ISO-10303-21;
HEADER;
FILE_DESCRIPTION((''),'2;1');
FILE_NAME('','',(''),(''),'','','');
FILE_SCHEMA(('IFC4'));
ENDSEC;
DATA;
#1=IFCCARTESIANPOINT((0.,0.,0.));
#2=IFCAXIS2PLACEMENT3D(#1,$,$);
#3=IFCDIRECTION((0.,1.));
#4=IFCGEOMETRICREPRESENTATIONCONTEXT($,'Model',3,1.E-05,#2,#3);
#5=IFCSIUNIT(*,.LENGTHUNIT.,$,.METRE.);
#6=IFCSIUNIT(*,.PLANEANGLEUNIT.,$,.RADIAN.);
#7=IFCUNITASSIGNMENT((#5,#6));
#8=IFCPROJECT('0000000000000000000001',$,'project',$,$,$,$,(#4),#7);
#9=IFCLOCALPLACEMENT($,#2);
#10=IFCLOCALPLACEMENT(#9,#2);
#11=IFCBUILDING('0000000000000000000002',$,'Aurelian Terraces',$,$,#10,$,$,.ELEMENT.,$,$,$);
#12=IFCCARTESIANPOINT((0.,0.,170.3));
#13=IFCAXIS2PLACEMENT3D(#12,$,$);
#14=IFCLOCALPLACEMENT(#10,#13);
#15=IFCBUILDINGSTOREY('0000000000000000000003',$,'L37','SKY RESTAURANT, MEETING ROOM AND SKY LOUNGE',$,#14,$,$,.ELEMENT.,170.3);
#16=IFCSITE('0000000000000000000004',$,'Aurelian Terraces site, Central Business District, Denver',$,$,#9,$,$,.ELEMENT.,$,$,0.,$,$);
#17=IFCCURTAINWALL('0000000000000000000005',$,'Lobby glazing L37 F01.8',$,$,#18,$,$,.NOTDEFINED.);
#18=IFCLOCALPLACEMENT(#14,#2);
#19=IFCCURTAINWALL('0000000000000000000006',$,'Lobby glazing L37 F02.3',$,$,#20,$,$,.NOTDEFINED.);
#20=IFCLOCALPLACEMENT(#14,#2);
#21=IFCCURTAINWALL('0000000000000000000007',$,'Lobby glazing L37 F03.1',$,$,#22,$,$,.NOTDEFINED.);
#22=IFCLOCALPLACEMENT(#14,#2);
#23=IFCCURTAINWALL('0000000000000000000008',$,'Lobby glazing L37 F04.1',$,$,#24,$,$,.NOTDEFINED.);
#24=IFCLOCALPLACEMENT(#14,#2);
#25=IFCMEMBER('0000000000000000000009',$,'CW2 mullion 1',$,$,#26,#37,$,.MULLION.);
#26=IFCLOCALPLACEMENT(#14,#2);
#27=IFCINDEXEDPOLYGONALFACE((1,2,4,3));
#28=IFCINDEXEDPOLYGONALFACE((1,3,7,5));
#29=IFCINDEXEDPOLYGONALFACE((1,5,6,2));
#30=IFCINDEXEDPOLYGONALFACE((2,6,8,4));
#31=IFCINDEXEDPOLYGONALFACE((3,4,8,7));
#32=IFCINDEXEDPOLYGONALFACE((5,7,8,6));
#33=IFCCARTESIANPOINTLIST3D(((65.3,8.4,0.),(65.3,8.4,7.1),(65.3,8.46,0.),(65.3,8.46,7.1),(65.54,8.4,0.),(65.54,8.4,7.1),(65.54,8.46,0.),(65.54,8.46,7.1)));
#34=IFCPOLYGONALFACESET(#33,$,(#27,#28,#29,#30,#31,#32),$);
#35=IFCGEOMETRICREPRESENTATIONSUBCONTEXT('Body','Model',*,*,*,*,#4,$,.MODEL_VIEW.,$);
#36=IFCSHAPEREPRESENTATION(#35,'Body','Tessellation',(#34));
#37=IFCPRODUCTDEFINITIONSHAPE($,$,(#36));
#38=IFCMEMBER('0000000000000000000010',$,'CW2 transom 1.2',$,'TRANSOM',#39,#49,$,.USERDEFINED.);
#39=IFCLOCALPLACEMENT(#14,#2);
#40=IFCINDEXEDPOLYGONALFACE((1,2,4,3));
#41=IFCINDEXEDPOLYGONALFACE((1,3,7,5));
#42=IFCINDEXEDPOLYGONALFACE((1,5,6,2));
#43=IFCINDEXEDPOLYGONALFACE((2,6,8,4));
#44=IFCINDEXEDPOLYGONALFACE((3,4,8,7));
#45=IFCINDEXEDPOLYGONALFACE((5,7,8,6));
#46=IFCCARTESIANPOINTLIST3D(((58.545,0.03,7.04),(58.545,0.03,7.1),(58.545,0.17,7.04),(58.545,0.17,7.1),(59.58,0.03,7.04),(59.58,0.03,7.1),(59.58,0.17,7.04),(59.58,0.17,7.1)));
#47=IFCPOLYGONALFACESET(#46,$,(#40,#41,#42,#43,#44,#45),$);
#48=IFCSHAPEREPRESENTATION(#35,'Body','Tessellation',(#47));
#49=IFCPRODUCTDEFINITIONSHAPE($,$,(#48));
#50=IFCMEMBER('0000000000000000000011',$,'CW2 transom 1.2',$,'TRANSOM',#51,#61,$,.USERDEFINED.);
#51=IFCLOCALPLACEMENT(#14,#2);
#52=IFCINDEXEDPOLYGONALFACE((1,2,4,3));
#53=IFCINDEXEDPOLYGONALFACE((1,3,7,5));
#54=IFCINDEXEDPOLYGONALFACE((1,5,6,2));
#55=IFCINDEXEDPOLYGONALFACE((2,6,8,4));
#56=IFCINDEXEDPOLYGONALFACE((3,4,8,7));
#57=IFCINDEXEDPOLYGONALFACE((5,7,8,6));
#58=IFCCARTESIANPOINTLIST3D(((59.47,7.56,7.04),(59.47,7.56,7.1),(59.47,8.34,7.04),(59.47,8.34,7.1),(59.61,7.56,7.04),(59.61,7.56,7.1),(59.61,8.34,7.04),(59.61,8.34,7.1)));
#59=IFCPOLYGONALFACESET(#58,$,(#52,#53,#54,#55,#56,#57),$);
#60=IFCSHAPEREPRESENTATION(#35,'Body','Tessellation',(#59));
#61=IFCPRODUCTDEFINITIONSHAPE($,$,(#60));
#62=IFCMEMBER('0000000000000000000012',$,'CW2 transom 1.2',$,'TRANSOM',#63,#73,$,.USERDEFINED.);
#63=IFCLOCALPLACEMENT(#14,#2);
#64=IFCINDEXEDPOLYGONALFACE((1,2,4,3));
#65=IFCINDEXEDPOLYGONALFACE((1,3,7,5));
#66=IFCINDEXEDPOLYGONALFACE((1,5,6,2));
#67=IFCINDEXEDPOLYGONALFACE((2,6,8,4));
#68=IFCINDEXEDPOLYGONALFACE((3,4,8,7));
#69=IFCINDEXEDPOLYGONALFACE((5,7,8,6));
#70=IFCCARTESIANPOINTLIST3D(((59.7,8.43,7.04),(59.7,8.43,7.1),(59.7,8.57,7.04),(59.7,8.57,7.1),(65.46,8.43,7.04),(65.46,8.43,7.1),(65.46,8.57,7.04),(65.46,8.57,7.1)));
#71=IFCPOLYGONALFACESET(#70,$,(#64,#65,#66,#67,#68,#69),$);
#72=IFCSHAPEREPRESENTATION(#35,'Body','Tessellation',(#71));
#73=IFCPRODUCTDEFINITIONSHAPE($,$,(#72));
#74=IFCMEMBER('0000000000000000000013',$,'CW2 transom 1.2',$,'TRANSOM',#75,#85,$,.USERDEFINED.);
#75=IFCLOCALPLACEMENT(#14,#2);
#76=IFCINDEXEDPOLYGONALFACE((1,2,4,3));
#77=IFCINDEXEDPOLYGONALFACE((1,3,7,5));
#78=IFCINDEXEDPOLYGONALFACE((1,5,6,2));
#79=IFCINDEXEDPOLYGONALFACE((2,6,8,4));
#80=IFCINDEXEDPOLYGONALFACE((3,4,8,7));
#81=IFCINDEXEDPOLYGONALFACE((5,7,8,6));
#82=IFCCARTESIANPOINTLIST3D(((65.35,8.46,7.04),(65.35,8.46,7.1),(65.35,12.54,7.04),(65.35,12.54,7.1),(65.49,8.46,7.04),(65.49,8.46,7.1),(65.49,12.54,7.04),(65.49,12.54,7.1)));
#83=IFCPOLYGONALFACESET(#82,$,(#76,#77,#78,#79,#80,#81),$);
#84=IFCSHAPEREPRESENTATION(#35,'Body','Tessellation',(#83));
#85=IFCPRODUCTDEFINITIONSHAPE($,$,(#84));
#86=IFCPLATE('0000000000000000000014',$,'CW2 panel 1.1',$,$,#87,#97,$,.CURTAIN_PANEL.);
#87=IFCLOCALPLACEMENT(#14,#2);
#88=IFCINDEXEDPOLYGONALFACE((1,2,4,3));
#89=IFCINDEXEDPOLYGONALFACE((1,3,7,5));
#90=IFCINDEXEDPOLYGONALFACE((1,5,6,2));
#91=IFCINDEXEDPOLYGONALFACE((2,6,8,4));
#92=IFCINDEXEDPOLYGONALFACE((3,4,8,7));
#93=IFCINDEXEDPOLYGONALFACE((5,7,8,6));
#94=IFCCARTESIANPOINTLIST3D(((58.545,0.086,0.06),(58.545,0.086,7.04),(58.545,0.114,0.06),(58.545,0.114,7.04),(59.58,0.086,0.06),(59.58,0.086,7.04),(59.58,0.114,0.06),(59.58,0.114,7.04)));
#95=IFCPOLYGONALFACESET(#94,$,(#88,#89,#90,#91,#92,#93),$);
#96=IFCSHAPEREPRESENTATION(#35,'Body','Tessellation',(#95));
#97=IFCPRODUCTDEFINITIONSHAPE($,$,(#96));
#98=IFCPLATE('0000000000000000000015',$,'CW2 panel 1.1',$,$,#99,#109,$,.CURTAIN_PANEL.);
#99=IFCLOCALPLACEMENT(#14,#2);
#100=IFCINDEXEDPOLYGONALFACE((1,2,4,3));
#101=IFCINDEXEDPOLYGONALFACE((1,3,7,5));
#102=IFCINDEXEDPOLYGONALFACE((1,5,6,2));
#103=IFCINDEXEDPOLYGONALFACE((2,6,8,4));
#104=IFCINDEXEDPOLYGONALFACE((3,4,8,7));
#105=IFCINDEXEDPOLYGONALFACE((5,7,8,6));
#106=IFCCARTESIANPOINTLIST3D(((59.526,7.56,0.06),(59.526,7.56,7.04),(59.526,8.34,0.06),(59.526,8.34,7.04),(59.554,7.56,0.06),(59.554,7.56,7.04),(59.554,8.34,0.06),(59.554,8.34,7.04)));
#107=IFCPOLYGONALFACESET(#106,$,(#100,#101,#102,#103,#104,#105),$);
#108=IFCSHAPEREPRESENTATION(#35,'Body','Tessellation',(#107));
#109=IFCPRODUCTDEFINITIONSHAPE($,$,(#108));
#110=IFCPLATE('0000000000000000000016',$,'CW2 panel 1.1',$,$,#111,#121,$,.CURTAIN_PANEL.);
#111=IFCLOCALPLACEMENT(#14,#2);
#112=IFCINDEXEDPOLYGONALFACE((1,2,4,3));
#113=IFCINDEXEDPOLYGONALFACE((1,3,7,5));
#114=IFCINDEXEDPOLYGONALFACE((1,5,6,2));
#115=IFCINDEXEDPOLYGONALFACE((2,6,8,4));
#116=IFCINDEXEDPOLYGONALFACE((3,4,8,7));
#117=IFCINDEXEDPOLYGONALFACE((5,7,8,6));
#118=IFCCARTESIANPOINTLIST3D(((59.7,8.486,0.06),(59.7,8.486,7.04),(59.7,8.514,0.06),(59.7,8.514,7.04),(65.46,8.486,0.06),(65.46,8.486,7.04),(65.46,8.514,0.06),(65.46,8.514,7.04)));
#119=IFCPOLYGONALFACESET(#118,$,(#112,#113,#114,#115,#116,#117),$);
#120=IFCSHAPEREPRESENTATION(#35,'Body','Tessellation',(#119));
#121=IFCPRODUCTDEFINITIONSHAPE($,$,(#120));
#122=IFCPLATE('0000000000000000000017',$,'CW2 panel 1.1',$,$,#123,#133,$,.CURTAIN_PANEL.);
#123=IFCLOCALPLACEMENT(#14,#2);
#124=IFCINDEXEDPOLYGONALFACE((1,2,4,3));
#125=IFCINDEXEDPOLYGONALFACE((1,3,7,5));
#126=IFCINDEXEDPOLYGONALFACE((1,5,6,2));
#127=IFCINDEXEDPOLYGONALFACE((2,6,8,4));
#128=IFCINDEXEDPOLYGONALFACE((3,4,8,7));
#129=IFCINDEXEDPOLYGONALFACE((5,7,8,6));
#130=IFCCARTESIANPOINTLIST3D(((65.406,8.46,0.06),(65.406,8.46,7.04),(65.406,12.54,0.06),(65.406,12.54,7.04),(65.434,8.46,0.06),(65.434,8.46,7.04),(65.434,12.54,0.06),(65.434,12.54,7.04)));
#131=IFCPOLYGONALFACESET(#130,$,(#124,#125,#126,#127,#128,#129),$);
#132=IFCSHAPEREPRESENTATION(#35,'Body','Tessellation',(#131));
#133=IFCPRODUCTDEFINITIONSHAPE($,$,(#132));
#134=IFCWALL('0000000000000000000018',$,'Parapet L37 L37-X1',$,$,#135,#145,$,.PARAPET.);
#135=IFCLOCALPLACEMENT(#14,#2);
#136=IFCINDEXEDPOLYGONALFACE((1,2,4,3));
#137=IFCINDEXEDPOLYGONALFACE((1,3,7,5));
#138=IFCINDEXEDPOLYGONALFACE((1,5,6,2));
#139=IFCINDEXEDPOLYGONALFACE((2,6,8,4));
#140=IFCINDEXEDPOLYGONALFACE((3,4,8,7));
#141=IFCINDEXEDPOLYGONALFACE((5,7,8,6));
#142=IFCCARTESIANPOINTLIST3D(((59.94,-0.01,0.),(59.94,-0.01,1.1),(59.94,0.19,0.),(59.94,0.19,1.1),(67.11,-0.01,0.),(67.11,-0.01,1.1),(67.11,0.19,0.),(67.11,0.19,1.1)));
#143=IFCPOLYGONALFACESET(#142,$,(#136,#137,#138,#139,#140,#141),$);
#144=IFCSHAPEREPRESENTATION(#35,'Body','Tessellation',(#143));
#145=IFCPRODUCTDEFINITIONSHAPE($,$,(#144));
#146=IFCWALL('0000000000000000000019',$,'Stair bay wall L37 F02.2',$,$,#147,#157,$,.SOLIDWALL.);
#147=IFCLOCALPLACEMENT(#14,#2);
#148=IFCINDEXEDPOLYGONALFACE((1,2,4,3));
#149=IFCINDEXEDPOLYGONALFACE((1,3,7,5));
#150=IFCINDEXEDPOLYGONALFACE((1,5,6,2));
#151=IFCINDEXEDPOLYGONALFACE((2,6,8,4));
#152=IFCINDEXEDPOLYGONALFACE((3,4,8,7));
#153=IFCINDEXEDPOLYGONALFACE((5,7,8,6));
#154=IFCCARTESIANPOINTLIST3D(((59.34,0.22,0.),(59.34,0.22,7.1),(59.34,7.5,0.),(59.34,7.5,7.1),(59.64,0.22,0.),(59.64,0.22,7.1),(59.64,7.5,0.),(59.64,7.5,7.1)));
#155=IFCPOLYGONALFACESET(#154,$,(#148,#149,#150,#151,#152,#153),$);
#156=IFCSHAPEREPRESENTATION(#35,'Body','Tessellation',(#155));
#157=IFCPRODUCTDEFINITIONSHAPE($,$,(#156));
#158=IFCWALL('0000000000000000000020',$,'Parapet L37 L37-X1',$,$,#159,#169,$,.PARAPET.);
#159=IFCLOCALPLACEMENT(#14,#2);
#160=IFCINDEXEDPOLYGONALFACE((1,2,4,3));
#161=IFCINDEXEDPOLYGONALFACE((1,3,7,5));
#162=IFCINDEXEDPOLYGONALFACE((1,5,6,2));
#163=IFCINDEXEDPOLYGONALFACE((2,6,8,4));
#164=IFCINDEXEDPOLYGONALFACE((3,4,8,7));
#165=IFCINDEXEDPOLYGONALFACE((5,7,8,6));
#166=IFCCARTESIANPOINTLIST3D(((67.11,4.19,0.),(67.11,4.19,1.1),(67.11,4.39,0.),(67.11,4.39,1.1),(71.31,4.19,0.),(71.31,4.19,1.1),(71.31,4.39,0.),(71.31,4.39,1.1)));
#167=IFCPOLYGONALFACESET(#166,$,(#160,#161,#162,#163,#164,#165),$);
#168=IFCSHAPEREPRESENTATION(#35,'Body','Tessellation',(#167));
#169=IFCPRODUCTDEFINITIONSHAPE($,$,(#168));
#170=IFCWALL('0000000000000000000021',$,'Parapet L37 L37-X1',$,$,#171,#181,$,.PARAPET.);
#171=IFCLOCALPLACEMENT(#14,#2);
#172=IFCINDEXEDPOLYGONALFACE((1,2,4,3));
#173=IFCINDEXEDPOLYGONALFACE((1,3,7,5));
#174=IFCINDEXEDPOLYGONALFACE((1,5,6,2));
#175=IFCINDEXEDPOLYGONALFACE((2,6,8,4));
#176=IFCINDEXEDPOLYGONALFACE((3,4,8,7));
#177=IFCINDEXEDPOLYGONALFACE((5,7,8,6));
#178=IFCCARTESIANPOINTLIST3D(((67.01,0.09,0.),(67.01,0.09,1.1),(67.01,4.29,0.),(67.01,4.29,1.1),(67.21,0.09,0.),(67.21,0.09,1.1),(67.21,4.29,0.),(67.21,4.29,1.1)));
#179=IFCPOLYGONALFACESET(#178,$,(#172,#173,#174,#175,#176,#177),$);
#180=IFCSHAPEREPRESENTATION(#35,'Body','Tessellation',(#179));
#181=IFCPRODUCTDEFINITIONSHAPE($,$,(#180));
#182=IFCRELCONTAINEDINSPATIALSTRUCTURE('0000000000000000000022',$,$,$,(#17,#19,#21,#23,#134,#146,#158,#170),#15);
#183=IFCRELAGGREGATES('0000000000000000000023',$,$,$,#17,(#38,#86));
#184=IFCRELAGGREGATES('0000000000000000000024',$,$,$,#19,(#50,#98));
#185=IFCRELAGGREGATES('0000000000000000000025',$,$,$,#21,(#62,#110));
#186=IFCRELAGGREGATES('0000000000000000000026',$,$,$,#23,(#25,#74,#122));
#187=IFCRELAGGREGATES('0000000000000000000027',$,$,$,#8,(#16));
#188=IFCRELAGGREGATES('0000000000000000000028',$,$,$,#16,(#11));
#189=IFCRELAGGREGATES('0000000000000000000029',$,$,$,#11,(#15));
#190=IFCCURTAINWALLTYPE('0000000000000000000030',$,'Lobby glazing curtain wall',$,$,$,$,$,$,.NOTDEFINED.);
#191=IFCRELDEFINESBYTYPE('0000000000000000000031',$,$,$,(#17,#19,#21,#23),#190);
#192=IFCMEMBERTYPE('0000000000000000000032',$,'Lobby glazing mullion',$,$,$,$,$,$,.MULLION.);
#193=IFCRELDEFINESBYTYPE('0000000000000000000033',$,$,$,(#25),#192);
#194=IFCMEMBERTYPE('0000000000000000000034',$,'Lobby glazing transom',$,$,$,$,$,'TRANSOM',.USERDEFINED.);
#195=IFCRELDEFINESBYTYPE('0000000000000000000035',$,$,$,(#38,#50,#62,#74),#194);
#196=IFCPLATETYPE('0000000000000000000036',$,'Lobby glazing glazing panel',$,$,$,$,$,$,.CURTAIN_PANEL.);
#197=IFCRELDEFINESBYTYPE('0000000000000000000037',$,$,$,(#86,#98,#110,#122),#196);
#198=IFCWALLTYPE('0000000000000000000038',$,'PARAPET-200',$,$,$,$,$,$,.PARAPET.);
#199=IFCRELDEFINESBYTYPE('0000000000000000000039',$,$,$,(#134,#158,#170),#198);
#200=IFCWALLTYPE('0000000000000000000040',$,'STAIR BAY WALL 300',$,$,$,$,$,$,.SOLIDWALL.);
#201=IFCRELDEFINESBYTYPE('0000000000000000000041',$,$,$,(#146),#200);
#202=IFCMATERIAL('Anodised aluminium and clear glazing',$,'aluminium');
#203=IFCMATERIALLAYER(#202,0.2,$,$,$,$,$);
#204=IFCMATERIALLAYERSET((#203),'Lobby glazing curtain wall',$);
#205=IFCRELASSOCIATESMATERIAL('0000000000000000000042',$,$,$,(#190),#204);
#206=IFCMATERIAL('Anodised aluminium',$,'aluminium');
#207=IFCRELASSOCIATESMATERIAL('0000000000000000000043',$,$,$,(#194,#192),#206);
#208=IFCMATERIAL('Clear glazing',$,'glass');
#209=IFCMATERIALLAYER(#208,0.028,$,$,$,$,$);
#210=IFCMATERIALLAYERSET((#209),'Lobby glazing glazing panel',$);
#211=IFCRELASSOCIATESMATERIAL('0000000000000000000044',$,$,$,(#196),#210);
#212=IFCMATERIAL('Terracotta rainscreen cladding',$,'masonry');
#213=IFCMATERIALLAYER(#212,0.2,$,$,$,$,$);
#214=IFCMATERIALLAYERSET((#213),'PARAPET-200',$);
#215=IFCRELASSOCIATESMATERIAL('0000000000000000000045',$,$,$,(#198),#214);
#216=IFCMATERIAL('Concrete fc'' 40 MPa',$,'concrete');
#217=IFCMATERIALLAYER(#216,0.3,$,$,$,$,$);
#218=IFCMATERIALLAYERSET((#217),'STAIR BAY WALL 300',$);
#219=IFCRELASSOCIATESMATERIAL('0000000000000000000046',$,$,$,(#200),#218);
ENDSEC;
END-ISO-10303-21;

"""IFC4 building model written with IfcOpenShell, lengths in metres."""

from ifc_helpers import new_model, si_unit, direction, frame, frame_2d, origin, origin_2d, place, context, subcontext, project, spatial, rectangle, extrude, source, transform, mapped, material, layer, layer_set, material_profile, profile_set, type_object, element, aggregate, save


model = new_model("IFC4")

# Units and contexts
model_context = context("Model", 3, precision=1e-05, world=origin(), true_north=direction((0.0, 1.0)))
body_context = subcontext(model_context, "Body", "Model", "MODEL_VIEW")
ifc_project = project(units=[si_unit("LENGTHUNIT", "METRE"), si_unit("PLANEANGLEUNIT", "RADIAN")], contexts=[model_context])

# Site, building, storey
site_placement = place(None, origin())
site = spatial("IfcSite", under=ifc_project, at=site_placement, Name="Aurelian Terraces site, Central Business District, Denver", CompositionType="ELEMENT", RefElevation=0.0)
building_placement = place(site_placement, origin())
building = spatial("IfcBuilding", under=site, at=building_placement, Name="Aurelian Terraces", CompositionType="ELEMENT")
storey_placement = place(building_placement, frame((0.0, 0.0, 170.3)))
storey = spatial("IfcBuildingStorey", under=building, at=storey_placement, Name="L37", Description="SKY RESTAURANT, MEETING ROOM AND SKY LOUNGE", CompositionType="ELEMENT", Elevation=170.3)

# Curtain walls
ifc_material_1 = material(Name="Anodised aluminium and clear glazing", Category="aluminium")
ifc_layer_1 = layer(ifc_material_1, 0.2)
ifc_layer_set_1 = layer_set([ifc_layer_1], Name="Lobby glazing curtain wall")
curtain_wall_type = type_object("IfcCurtainWallType", Name="Lobby glazing curtain wall", PredefinedType="NOTDEFINED", material=ifc_layer_set_1)
curtain_wall_1_placement = place(storey_placement, origin())
curtain_wall_1 = element("IfcCurtainWall", 1, at=curtain_wall_1_placement, inside=storey, type_object=curtain_wall_type, Name="Lobby glazing L37 F01.8", PredefinedType="NOTDEFINED")
ifc_material_2 = material(Name="Anodised aluminium", Category="aluminium")
ifc_material_profile_1 = material_profile(ifc_material_2, rectangle(XDim=0.14, YDim=0.06, at=origin_2d()))
ifc_profile_set_1 = profile_set([ifc_material_profile_1], Name="Anodised aluminium")
member_type_1 = type_object("IfcMemberType", Name="Lobby glazing transom", ElementType="TRANSOM", PredefinedType="USERDEFINED", material=ifc_profile_set_1)
curtain_wall_2_placement = place(storey_placement, origin())
curtain_wall_2 = element("IfcCurtainWall", 2, at=curtain_wall_2_placement, inside=storey, type_object=curtain_wall_type, Name="Lobby glazing L37 F02.3", PredefinedType="NOTDEFINED")
curtain_wall_3_placement = place(storey_placement, origin())
curtain_wall_3 = element("IfcCurtainWall", 3, at=curtain_wall_3_placement, inside=storey, type_object=curtain_wall_type, Name="Lobby glazing L37 F03.1", PredefinedType="NOTDEFINED")
curtain_wall_4_placement = place(storey_placement, origin())
curtain_wall_4 = element("IfcCurtainWall", 4, at=curtain_wall_4_placement, inside=storey, type_object=curtain_wall_type, Name="Lobby glazing L37 F04.1", PredefinedType="NOTDEFINED")

# Shared definitions
ifc_material_3 = material(Name="Concrete fc' 40 MPa", Category="concrete")

# Members
ifc_material_profile_2 = material_profile(ifc_material_2, rectangle(XDim=0.24, YDim=0.06, at=origin_2d()))
ifc_profile_set_2 = profile_set([ifc_material_profile_2], Name="Anodised aluminium")
member_type_2 = type_object("IfcMemberType", Name="Lobby glazing mullion", PredefinedType="MULLION", material=ifc_profile_set_2)
shared_shape_1 = source(origin(), body_context, "Body", "SweptSolid", [
    extrude(rectangle(XDim=0.24, YDim=0.06, at=origin_2d()), origin(), (0.0, 0.0, 1.0), 7.1),
])
member_1_placement = place(storey_placement, frame((65.42, 8.43, 0.0), z_axis=(0.0, 0.0, 1.0), x_axis=(-1.0, 0.0, 0.0)))
member_1 = element("IfcMember", 5, at=member_1_placement, type_object=member_type_2, Name="CW2 mullion 1", PredefinedType="MULLION", context=body_context, shape_type="MappedRepresentation", body=[
    mapped(shared_shape_1, transform((0.0, 0.0, 0.0), scale=1.0)),
])
shared_shape_2 = source(origin(), body_context, "Body", "SweptSolid", [
    extrude(rectangle(XDim=0.14, YDim=0.06, at=origin_2d()), origin(), (0.0, 0.0, 1.0), 1.035),
])
member_2_placement = place(storey_placement, frame((58.545, 0.1, 7.07), z_axis=(1.0, 0.0, 0.0), x_axis=(0.0, 1.0, 0.0)))
member_2 = element("IfcMember", 6, at=member_2_placement, type_object=member_type_1, Name="CW2 transom 1.2", ObjectType="TRANSOM", PredefinedType="USERDEFINED", context=body_context, shape_type="MappedRepresentation", body=[
    mapped(shared_shape_2, transform((0.0, 0.0, 0.0), scale=1.0)),
])
shared_shape_3 = source(origin(), body_context, "Body", "SweptSolid", [
    extrude(rectangle(XDim=0.14, YDim=0.06, at=origin_2d()), origin(), (0.0, 0.0, 1.0), 0.78),
])
member_3_placement = place(storey_placement, frame((59.54, 7.56, 7.07), z_axis=(0.0, 1.0, 0.0), x_axis=(-1.0, 0.0, 0.0)))
member_3 = element("IfcMember", 7, at=member_3_placement, type_object=member_type_1, Name="CW2 transom 1.2", ObjectType="TRANSOM", PredefinedType="USERDEFINED", context=body_context, shape_type="MappedRepresentation", body=[
    mapped(shared_shape_3, transform((0.0, 0.0, 0.0), scale=1.0)),
])
shared_shape_4 = source(origin(), body_context, "Body", "SweptSolid", [
    extrude(rectangle(XDim=0.14, YDim=0.06, at=origin_2d()), origin(), (0.0, 0.0, 1.0), 5.76),
])
member_4_placement = place(storey_placement, frame((59.7, 8.5, 7.07), z_axis=(1.0, 0.0, 0.0), x_axis=(0.0, 1.0, 0.0)))
member_4 = element("IfcMember", 8, at=member_4_placement, type_object=member_type_1, Name="CW2 transom 1.2", ObjectType="TRANSOM", PredefinedType="USERDEFINED", context=body_context, shape_type="MappedRepresentation", body=[
    mapped(shared_shape_4, transform((0.0, 0.0, 0.0), scale=1.0)),
])
shared_shape_5 = source(origin(), body_context, "Body", "SweptSolid", [
    extrude(rectangle(XDim=0.14, YDim=0.06, at=origin_2d()), origin(), (0.0, 0.0, 1.0), 4.08),
])
member_5_placement = place(storey_placement, frame((65.42, 8.46, 7.07), z_axis=(0.0, 1.0, 0.0), x_axis=(-1.0, 0.0, 0.0)))
member_5 = element("IfcMember", 9, at=member_5_placement, type_object=member_type_1, Name="CW2 transom 1.2", ObjectType="TRANSOM", PredefinedType="USERDEFINED", context=body_context, shape_type="MappedRepresentation", body=[
    mapped(shared_shape_5, transform((0.0, 0.0, 0.0), scale=1.0)),
])

# Plates
ifc_material_4 = material(Name="Clear glazing", Category="glass")
ifc_layer_2 = layer(ifc_material_4, 0.028)
ifc_layer_set_2 = layer_set([ifc_layer_2], Name="Lobby glazing glazing panel")
plate_type = type_object("IfcPlateType", Name="Lobby glazing glazing panel", PredefinedType="CURTAIN_PANEL", material=ifc_layer_set_2)
plate_1_placement = place(storey_placement, frame((59.0625, 0.1, 0.06), z_axis=(0.0, 0.0, 1.0), x_axis=(1.0, 0.0, 0.0)))
plate_1 = element("IfcPlate", 10, at=plate_1_placement, type_object=plate_type, Name="CW2 panel 1.1", PredefinedType="CURTAIN_PANEL", context=body_context, shape_type="SweptSolid", body=[
    extrude(rectangle(XDim=1.035, YDim=0.028, at=origin_2d()), origin(), (0.0, 0.0, 1.0), 6.98),
])
aggregate(curtain_wall_1, [member_2, plate_1])
plate_2_placement = place(storey_placement, frame((59.54, 7.95, 0.06), z_axis=(0.0, 0.0, 1.0), x_axis=(0.0, 1.0, 0.0)))
plate_2 = element("IfcPlate", 11, at=plate_2_placement, type_object=plate_type, Name="CW2 panel 1.1", PredefinedType="CURTAIN_PANEL", context=body_context, shape_type="SweptSolid", body=[
    extrude(rectangle(XDim=0.78, YDim=0.028, at=origin_2d()), origin(), (0.0, 0.0, 1.0), 6.98),
])
aggregate(curtain_wall_2, [member_3, plate_2])
plate_3_placement = place(storey_placement, frame((62.58, 8.5, 0.06), z_axis=(0.0, 0.0, 1.0), x_axis=(1.0, 0.0, 0.0)))
plate_3 = element("IfcPlate", 12, at=plate_3_placement, type_object=plate_type, Name="CW2 panel 1.1", PredefinedType="CURTAIN_PANEL", context=body_context, shape_type="SweptSolid", body=[
    extrude(rectangle(XDim=5.76, YDim=0.028, at=origin_2d()), origin(), (0.0, 0.0, 1.0), 6.98),
])
aggregate(curtain_wall_3, [member_4, plate_3])
plate_4_placement = place(storey_placement, frame((65.42, 10.5, 0.06), z_axis=(0.0, 0.0, 1.0), x_axis=(0.0, 1.0, 0.0)))
plate_4 = element("IfcPlate", 13, at=plate_4_placement, type_object=plate_type, Name="CW2 panel 1.1", PredefinedType="CURTAIN_PANEL", context=body_context, shape_type="SweptSolid", body=[
    extrude(rectangle(XDim=4.08, YDim=0.028, at=origin_2d()), origin(), (0.0, 0.0, 1.0), 6.98),
])
aggregate(curtain_wall_4, [member_1, member_5, plate_4])

# Walls
ifc_material_5 = material(Name="Terracotta rainscreen cladding", Category="masonry")
ifc_layer_3 = layer(ifc_material_5, 0.2)
ifc_layer_set_3 = layer_set([ifc_layer_3], Name="PARAPET-200")
wall_type_1 = type_object("IfcWallType", Name="PARAPET-200", PredefinedType="PARAPET", material=ifc_layer_set_3)
wall_1_placement = place(storey_placement, frame((67.11, 0.09, 0.0), z_axis=(0.0, 0.0, 1.0), x_axis=(-1.0, 0.0, 0.0)))
element("IfcWall", 14, at=wall_1_placement, inside=storey, type_object=wall_type_1, Name="Parapet L37 L37-X1", PredefinedType="PARAPET", context=body_context, shape_type="SweptSolid", body=[
    extrude(rectangle(XDim=7.17, YDim=0.2, at=frame_2d((3.585, 0.0))), origin(), (0.0, 0.0, 1.0), 1.1),
])
ifc_layer_4 = layer(ifc_material_3, 0.3)
ifc_layer_set_4 = layer_set([ifc_layer_4], Name="STAIR BAY WALL 300")
wall_type_2 = type_object("IfcWallType", Name="STAIR BAY WALL 300", PredefinedType="SOLIDWALL", material=ifc_layer_set_4)
wall_2_placement = place(storey_placement, frame((59.49, 0.22, 0.0), z_axis=(0.0, 0.0, 1.0), x_axis=(0.0, 1.0, 0.0)))
element("IfcWall", 15, at=wall_2_placement, inside=storey, type_object=wall_type_2, Name="Stair bay wall L37 F02.2", PredefinedType="SOLIDWALL", context=body_context, shape_type="SweptSolid", body=[
    extrude(rectangle(XDim=7.28, YDim=0.3, at=frame_2d((3.64, 0.0))), origin(), (0.0, 0.0, 1.0), 7.1),
])
shared_shape_6 = source(origin(), body_context, "Body", "SweptSolid", [
    extrude(rectangle(XDim=4.2, YDim=0.2, at=frame_2d((2.1, 0.0))), origin(), (0.0, 0.0, 1.0), 1.1),
])
for number, where, z_axis, x_axis, name in (
    (16, (71.31, 4.29, 0.0), (0.0, 0.0, 1.0), (-1.0, 0.0, 0.0), "Parapet L37 L37-X1"),
    (17, (67.11, 4.29, 0.0), (0.0, 0.0, 1.0), (0.0, -1.0, 0.0), "Parapet L37 L37-X1"),
):
    element("IfcWall", number, at=place(storey_placement, frame(where, z_axis=z_axis, x_axis=x_axis)), inside=storey, type_object=wall_type_1, Name=name, PredefinedType="PARAPET", context=body_context, shape_type="MappedRepresentation", body=[
        mapped(shared_shape_6, transform((0.0, 0.0, 0.0), scale=1.0)),
    ])

save(model, "model.ifc")
